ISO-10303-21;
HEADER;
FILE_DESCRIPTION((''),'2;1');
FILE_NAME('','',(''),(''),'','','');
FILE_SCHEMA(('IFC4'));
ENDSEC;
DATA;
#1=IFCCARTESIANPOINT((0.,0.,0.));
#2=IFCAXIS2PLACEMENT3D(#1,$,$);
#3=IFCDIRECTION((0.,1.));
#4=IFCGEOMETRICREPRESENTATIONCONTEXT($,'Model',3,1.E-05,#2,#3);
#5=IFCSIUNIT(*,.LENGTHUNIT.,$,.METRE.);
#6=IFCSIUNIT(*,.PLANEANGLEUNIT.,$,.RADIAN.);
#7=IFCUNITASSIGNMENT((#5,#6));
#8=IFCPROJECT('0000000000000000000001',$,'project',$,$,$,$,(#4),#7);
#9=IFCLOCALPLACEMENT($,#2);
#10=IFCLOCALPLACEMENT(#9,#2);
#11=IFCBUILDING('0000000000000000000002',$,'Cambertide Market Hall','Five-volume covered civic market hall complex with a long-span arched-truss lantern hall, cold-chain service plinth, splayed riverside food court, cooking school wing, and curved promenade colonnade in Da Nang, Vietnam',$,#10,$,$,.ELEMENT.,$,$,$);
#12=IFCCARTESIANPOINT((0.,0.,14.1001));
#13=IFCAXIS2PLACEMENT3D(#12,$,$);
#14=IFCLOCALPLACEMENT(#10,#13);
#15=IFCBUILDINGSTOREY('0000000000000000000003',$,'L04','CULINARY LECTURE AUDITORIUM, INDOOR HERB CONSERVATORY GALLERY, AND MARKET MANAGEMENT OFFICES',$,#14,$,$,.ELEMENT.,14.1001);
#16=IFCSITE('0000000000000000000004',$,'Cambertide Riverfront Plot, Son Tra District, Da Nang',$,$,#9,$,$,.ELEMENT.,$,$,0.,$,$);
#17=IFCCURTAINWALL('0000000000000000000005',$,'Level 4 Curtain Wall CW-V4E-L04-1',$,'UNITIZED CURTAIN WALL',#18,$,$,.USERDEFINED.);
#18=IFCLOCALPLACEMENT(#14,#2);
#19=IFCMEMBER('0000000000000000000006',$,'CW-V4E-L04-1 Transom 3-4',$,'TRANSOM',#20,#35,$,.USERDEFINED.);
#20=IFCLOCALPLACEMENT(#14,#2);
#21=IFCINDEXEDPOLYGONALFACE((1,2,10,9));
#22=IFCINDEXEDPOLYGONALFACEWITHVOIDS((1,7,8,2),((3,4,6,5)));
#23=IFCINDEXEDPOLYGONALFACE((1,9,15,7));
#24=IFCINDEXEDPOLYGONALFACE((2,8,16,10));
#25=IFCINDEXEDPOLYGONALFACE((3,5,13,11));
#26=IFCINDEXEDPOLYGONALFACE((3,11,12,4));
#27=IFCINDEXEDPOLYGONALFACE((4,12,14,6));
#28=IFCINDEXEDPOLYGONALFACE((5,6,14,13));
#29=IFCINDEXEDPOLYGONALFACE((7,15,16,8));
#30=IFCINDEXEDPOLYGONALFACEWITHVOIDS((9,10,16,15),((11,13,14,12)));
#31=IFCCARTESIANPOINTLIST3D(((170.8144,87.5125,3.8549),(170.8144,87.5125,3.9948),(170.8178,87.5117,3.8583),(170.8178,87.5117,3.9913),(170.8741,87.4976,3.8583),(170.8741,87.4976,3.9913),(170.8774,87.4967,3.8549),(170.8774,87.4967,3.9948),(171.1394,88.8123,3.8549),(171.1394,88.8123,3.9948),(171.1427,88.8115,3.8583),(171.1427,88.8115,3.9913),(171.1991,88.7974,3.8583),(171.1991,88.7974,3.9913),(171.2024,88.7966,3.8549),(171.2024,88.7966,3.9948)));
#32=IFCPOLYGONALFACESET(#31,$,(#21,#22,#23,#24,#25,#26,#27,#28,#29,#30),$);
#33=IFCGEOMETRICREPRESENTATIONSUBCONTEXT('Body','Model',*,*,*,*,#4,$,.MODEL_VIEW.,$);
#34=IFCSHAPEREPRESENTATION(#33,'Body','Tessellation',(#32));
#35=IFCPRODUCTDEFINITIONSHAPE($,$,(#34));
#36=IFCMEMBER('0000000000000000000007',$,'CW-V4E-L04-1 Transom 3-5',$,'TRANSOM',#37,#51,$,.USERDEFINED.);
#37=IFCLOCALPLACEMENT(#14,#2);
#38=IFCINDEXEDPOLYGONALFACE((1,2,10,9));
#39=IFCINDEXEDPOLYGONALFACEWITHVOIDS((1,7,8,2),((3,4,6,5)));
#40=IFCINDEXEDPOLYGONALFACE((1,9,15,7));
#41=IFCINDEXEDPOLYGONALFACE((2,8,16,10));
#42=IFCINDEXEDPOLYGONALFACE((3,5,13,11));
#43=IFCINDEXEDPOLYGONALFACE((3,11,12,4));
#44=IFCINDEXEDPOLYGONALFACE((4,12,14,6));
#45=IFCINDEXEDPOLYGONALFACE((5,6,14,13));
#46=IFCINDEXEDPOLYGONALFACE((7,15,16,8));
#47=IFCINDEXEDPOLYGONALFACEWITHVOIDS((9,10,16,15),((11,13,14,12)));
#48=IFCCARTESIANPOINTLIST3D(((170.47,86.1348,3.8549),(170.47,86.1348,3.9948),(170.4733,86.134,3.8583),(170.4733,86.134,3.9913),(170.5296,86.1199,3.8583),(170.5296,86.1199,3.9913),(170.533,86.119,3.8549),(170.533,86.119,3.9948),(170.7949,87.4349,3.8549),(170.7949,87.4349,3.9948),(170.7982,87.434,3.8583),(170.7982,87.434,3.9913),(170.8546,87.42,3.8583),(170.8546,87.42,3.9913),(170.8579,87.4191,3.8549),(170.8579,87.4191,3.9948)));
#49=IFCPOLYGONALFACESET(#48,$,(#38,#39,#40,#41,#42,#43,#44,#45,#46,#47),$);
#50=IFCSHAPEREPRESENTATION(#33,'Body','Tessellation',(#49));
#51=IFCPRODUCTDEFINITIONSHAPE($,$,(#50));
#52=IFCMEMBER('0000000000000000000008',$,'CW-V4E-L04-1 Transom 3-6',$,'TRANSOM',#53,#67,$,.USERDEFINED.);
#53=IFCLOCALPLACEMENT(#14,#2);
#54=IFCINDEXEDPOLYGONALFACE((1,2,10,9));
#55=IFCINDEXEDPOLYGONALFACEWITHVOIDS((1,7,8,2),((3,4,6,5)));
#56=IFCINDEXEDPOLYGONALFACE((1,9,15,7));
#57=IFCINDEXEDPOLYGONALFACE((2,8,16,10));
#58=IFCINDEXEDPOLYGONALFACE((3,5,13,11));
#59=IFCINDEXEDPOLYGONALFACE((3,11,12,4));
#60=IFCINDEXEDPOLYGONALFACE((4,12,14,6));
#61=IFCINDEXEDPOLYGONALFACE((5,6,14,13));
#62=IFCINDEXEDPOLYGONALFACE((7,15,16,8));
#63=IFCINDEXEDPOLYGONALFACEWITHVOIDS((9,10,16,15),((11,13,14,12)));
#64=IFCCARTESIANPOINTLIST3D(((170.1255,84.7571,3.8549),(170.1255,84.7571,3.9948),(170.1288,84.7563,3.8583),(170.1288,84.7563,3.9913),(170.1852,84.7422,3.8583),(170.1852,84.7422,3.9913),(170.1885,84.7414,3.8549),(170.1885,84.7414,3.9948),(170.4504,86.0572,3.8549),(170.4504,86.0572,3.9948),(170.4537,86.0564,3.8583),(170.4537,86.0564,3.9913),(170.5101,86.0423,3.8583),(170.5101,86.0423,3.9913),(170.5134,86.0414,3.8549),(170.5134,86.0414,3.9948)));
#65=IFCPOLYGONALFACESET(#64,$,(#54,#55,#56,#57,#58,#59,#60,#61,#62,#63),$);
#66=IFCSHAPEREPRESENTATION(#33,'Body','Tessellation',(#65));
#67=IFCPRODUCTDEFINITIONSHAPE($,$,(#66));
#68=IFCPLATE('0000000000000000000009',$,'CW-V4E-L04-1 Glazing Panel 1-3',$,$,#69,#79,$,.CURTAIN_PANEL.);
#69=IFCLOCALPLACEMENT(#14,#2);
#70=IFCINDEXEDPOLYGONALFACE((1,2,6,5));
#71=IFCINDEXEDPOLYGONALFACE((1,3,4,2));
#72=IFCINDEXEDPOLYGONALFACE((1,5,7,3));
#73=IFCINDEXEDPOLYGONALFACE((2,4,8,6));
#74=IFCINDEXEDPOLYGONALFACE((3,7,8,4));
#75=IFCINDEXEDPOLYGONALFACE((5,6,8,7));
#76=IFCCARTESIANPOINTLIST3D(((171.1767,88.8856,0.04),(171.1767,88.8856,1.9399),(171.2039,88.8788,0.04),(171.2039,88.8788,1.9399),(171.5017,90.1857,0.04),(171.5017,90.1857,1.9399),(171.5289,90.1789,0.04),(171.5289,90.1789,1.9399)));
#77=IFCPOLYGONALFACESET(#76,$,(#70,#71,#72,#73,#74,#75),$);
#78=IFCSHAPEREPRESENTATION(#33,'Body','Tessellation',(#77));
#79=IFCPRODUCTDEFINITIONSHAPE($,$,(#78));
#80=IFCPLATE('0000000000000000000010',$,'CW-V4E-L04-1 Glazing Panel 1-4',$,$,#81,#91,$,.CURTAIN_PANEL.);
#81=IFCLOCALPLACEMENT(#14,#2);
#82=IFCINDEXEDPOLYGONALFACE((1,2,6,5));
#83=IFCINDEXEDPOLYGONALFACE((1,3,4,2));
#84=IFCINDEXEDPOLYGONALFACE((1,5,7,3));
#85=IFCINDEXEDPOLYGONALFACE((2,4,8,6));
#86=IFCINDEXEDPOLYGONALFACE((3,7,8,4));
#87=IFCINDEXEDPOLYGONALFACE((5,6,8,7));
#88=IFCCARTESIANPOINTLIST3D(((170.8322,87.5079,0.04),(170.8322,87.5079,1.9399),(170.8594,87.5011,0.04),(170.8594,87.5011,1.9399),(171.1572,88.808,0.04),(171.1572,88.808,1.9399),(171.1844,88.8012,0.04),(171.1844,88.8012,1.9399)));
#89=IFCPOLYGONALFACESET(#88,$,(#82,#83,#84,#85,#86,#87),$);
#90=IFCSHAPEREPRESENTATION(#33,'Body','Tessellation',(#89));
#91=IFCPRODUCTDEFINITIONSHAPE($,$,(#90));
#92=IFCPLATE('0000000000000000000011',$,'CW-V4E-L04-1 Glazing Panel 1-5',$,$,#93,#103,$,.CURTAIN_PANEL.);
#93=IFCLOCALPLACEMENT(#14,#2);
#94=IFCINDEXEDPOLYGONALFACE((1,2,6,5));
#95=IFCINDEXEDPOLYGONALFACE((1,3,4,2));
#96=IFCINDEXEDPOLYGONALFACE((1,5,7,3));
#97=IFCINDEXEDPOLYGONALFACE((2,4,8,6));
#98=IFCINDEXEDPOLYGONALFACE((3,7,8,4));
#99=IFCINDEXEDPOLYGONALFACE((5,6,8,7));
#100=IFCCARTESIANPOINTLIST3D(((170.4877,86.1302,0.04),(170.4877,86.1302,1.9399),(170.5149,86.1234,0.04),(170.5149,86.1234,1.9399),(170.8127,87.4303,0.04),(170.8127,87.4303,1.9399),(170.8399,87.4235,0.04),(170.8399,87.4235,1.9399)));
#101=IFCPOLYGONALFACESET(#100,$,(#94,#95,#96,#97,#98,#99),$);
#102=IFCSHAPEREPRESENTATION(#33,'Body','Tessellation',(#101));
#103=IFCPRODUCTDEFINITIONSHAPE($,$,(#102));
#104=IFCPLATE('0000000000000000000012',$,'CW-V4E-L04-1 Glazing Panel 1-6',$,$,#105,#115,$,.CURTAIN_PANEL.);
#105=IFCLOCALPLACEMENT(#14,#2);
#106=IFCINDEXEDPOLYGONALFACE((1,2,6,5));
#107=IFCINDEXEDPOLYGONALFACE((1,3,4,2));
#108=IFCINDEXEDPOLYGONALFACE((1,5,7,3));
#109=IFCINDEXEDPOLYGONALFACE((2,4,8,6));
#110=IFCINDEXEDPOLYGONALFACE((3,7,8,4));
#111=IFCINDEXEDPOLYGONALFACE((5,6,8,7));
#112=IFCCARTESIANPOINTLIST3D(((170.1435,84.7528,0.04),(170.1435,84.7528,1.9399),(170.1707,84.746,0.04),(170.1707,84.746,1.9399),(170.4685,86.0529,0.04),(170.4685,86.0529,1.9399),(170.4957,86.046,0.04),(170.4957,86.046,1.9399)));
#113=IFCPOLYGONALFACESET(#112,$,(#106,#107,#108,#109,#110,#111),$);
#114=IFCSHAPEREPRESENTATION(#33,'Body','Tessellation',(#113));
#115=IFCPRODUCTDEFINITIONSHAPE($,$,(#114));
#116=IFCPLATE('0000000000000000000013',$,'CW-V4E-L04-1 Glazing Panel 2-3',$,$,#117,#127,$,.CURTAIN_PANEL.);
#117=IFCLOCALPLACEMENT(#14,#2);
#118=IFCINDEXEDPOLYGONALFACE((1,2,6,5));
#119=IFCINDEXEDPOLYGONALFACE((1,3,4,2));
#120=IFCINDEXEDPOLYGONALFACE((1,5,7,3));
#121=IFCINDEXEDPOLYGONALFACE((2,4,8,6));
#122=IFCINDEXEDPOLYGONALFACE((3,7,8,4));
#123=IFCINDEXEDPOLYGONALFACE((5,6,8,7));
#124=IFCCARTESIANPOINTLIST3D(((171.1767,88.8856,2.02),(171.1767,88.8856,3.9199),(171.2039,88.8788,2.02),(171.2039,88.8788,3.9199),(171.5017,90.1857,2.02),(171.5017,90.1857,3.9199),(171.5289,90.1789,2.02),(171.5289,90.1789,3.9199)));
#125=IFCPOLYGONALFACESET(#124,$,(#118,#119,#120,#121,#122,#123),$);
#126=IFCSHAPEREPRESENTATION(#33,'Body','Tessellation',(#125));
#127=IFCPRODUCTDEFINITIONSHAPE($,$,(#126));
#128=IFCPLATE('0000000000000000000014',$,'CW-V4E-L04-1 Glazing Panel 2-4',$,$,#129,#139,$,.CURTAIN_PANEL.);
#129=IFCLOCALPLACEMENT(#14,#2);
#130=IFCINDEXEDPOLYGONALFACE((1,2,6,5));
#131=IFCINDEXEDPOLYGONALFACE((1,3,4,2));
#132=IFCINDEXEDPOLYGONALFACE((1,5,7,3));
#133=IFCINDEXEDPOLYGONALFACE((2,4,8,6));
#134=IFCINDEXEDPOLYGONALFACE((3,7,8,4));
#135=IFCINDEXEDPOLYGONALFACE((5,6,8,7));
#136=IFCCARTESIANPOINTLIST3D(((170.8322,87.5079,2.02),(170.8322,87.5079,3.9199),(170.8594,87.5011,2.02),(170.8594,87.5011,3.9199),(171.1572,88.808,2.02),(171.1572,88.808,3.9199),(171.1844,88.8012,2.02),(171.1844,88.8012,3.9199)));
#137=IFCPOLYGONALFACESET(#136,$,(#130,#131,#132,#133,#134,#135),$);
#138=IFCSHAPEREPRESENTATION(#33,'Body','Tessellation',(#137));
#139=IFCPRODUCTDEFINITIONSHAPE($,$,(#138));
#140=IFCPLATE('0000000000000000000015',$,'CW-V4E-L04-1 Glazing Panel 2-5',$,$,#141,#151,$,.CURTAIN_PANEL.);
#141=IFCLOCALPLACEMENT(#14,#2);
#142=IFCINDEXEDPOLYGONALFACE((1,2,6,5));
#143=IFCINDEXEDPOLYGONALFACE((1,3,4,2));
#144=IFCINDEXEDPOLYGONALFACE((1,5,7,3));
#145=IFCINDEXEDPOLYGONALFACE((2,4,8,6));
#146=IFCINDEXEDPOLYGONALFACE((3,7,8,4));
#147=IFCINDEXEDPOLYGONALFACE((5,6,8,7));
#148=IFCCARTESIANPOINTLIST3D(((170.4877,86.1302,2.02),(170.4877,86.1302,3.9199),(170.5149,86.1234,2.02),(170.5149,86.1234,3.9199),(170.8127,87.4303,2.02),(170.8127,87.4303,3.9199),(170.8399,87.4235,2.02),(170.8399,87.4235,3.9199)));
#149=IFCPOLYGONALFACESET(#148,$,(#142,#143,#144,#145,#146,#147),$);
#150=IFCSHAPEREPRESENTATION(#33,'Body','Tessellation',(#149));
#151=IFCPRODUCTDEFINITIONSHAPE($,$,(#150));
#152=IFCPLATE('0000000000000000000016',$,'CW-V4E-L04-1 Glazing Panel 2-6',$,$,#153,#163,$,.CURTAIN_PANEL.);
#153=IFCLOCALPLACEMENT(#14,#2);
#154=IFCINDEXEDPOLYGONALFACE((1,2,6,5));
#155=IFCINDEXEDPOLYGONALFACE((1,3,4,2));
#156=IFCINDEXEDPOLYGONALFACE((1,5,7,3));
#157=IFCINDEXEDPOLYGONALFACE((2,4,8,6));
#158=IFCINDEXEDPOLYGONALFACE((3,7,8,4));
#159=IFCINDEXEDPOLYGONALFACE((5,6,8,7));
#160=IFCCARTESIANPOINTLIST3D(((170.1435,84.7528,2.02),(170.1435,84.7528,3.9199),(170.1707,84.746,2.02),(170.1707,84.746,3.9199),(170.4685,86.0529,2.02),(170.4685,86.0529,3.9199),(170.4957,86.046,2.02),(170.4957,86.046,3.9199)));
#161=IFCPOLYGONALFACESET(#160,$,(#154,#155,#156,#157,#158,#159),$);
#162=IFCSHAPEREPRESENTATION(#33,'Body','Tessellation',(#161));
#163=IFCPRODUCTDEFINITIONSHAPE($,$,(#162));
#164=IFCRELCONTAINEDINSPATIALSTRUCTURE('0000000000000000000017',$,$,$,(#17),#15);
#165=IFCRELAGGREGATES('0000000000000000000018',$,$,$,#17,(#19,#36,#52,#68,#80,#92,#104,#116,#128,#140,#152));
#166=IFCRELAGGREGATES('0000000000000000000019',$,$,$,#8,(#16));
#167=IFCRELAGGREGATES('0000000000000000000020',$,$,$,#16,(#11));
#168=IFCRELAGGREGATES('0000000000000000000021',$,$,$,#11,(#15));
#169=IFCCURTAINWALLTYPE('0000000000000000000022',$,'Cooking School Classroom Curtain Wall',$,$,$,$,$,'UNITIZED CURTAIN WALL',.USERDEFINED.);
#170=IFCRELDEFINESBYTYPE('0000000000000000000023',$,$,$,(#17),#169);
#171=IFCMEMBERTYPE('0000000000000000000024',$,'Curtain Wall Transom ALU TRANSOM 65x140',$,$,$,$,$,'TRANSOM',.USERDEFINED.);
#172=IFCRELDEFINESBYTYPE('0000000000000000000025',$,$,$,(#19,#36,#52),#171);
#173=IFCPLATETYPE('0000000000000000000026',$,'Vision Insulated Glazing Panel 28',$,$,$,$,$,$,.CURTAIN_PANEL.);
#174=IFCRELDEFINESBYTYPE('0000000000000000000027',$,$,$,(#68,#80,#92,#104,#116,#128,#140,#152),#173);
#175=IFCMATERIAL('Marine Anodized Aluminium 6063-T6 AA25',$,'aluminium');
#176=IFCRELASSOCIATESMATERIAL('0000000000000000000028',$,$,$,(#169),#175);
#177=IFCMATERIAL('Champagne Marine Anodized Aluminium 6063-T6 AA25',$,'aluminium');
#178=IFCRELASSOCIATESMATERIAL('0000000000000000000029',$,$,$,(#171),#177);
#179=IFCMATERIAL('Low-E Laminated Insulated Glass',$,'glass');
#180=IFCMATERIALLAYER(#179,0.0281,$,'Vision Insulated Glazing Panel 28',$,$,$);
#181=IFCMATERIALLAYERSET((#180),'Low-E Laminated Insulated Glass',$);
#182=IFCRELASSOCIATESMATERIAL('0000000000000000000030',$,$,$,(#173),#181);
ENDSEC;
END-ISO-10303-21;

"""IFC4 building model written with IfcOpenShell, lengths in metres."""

from ifc_helpers import new_model, si_unit, direction, frame, origin, origin_2d, place, context, subcontext, project, spatial, rectangle, hollow_rectangle, extrude, material, layer, layer_set, material_profile, profile_set, type_object, element, aggregate, save


model = new_model("IFC4")

# Units and contexts
model_context = context("Model", 3, precision=1e-05, world=origin(), true_north=direction((0.0, 1.0)))
body_context = subcontext(model_context, "Body", "Model", "MODEL_VIEW")
ifc_project = project(units=[si_unit("LENGTHUNIT", "METRE"), si_unit("PLANEANGLEUNIT", "RADIAN")], contexts=[model_context])

# Site, building, storey
site_placement = place(None, origin())
site = spatial("IfcSite", under=ifc_project, at=site_placement, Name="Cambertide Riverfront Plot, Son Tra District, Da Nang", CompositionType="ELEMENT", RefElevation=0.0)
building_placement = place(site_placement, origin())
building = spatial("IfcBuilding", under=site, at=building_placement, Name="Cambertide Market Hall", Description="Five-volume covered civic market hall complex with a long-span arched-truss lantern hall, cold-chain service plinth, splayed riverside food court, cooking school wing, and curved promenade colonnade in Da Nang, Vietnam", CompositionType="ELEMENT")
storey_placement = place(building_placement, frame((0.0, 0.0, 14.1001)))
storey = spatial("IfcBuildingStorey", under=building, at=storey_placement, Name="L04", Description="CULINARY LECTURE AUDITORIUM, INDOOR HERB CONSERVATORY GALLERY, AND MARKET MANAGEMENT OFFICES", CompositionType="ELEMENT", Elevation=14.1001)

# Curtain wall, members, plates
ifc_material_1 = material(Name="Marine Anodized Aluminium 6063-T6 AA25", Category="aluminium")
curtain_wall_type = type_object("IfcCurtainWallType", Name="Cooking School Classroom Curtain Wall", ElementType="UNITIZED CURTAIN WALL", PredefinedType="USERDEFINED", material=ifc_material_1)
curtain_wall_placement = place(storey_placement, origin())
curtain_wall = element("IfcCurtainWall", 1, at=curtain_wall_placement, inside=storey, type_object=curtain_wall_type, Name="Level 4 Curtain Wall CW-V4E-L04-1", ObjectType="UNITIZED CURTAIN WALL", PredefinedType="USERDEFINED")
ifc_material_2 = material(Name="Champagne Marine Anodized Aluminium 6063-T6 AA25", Category="aluminium")
ifc_material_profile_1 = material_profile(ifc_material_2, hollow_rectangle(XDim=0.0649, YDim=0.1399, WallThickness=0.0034, at=origin_2d()), Name="ALU TRANSOM 65x140")
ifc_profile_set_1 = profile_set([ifc_material_profile_1], Name="Champagne Marine Anodized Aluminium 6063-T6 AA25")
member_type_1 = type_object("IfcMemberType", Name="Curtain Wall Transom ALU TRANSOM 65x140", ElementType="TRANSOM", PredefinedType="USERDEFINED", material=ifc_profile_set_1)
member_1_placement = place(storey_placement, frame((171.1709, 88.8044, 3.9248), z_axis=(-0.242536, -0.970143, 0.0), x_axis=(0.970143, -0.242536, 0.0)))
member_1 = element("IfcMember", 2, at=member_1_placement, type_object=member_type_1, Name="CW-V4E-L04-1 Transom 3-4", ObjectType="TRANSOM", PredefinedType="USERDEFINED", context=body_context, shape_type="SweptSolid", body=[
    extrude(hollow_rectangle(XDim=0.0649, YDim=0.1399, WallThickness=0.0034, at=origin_2d()), origin(), (0.0, 0.0, 1.0), 1.3398),
])
member_2_placement = place(storey_placement, frame((170.8264, 87.427, 3.9248), z_axis=(-0.242493, -0.970153, 0.0), x_axis=(0.970153, -0.242493, 0.0)))
member_2 = element("IfcMember", 3, at=member_2_placement, type_object=member_type_1, Name="CW-V4E-L04-1 Transom 3-5", ObjectType="TRANSOM", PredefinedType="USERDEFINED", context=body_context, shape_type="SweptSolid", body=[
    extrude(hollow_rectangle(XDim=0.0649, YDim=0.1399, WallThickness=0.0034, at=origin_2d()), origin(), (0.0, 0.0, 1.0), 1.3401),
])
member_3_placement = place(storey_placement, frame((170.4819, 86.0493, 3.9248), z_axis=(-0.242493, -0.970153, 0.0), x_axis=(0.970153, -0.242493, 0.0)))
member_3 = element("IfcMember", 4, at=member_3_placement, type_object=member_type_1, Name="CW-V4E-L04-1 Transom 3-6", ObjectType="TRANSOM", PredefinedType="USERDEFINED", context=body_context, shape_type="SweptSolid", body=[
    extrude(hollow_rectangle(XDim=0.0649, YDim=0.1399, WallThickness=0.0034, at=origin_2d()), origin(), (0.0, 0.0, 1.0), 1.3401),
])
ifc_material_3 = material(Name="Low-E Laminated Insulated Glass", Category="glass")
ifc_layer = layer(ifc_material_3, 0.0281, Name="Vision Insulated Glazing Panel 28")
ifc_layer_set = layer_set([ifc_layer], Name="Low-E Laminated Insulated Glass")
plate_type = type_object("IfcPlateType", Name="Vision Insulated Glazing Panel 28", PredefinedType="CURTAIN_PANEL", material=ifc_layer_set)
plate_1_placement = place(storey_placement, frame((171.3528, 89.5322, 0.04), z_axis=(0.0, 0.0, 1.0), x_axis=(-0.242536, -0.970143, 0.0)))
plate_1 = element("IfcPlate", 5, at=plate_1_placement, type_object=plate_type, Name="CW-V4E-L04-1 Glazing Panel 1-3", PredefinedType="CURTAIN_PANEL", context=body_context, shape_type="SweptSolid", body=[
    extrude(rectangle(XDim=1.3401, YDim=0.0281, at=origin_2d()), origin(), (0.0, 0.0, 1.0), 1.8999),
])
plate_2_placement = place(storey_placement, frame((171.0083, 88.1545, 0.04), z_axis=(0.0, 0.0, 1.0), x_axis=(-0.242536, -0.970143, 0.0)))
plate_2 = element("IfcPlate", 6, at=plate_2_placement, type_object=plate_type, Name="CW-V4E-L04-1 Glazing Panel 1-4", PredefinedType="CURTAIN_PANEL", context=body_context, shape_type="SweptSolid", body=[
    extrude(rectangle(XDim=1.3401, YDim=0.0281, at=origin_2d()), origin(), (0.0, 0.0, 1.0), 1.8999),
])
plate_3_placement = place(storey_placement, frame((170.6638, 86.7769, 0.04), z_axis=(0.0, 0.0, 1.0), x_axis=(-0.242536, -0.970143, 0.0)))
plate_3 = element("IfcPlate", 7, at=plate_3_placement, type_object=plate_type, Name="CW-V4E-L04-1 Glazing Panel 1-5", PredefinedType="CURTAIN_PANEL", context=body_context, shape_type="SweptSolid", body=[
    extrude(rectangle(XDim=1.3401, YDim=0.0281, at=origin_2d()), origin(), (0.0, 0.0, 1.0), 1.8999),
])
plate_4_placement = place(storey_placement, frame((170.3196, 85.3994, 0.04), z_axis=(0.0, 0.0, 1.0), x_axis=(-0.242536, -0.970143, 0.0)))
plate_4 = element("IfcPlate", 8, at=plate_4_placement, type_object=plate_type, Name="CW-V4E-L04-1 Glazing Panel 1-6", PredefinedType="CURTAIN_PANEL", context=body_context, shape_type="SweptSolid", body=[
    extrude(rectangle(XDim=1.3401, YDim=0.0281, at=origin_2d()), origin(), (0.0, 0.0, 1.0), 1.8999),
])
plate_5_placement = place(storey_placement, frame((171.3528, 89.5322, 2.02), z_axis=(0.0, 0.0, 1.0), x_axis=(-0.242536, -0.970143, 0.0)))
plate_5 = element("IfcPlate", 9, at=plate_5_placement, type_object=plate_type, Name="CW-V4E-L04-1 Glazing Panel 2-3", PredefinedType="CURTAIN_PANEL", context=body_context, shape_type="SweptSolid", body=[
    extrude(rectangle(XDim=1.3401, YDim=0.0281, at=origin_2d()), origin(), (0.0, 0.0, 1.0), 1.8999),
])
plate_6_placement = place(storey_placement, frame((171.0083, 88.1545, 2.02), z_axis=(0.0, 0.0, 1.0), x_axis=(-0.242536, -0.970143, 0.0)))
plate_6 = element("IfcPlate", 10, at=plate_6_placement, type_object=plate_type, Name="CW-V4E-L04-1 Glazing Panel 2-4", PredefinedType="CURTAIN_PANEL", context=body_context, shape_type="SweptSolid", body=[
    extrude(rectangle(XDim=1.3401, YDim=0.0281, at=origin_2d()), origin(), (0.0, 0.0, 1.0), 1.8999),
])
plate_7_placement = place(storey_placement, frame((170.6638, 86.7769, 2.02), z_axis=(0.0, 0.0, 1.0), x_axis=(-0.242536, -0.970143, 0.0)))
plate_7 = element("IfcPlate", 11, at=plate_7_placement, type_object=plate_type, Name="CW-V4E-L04-1 Glazing Panel 2-5", PredefinedType="CURTAIN_PANEL", context=body_context, shape_type="SweptSolid", body=[
    extrude(rectangle(XDim=1.3401, YDim=0.0281, at=origin_2d()), origin(), (0.0, 0.0, 1.0), 1.8999),
])
plate_8_placement = place(storey_placement, frame((170.3196, 85.3994, 2.02), z_axis=(0.0, 0.0, 1.0), x_axis=(-0.242536, -0.970143, 0.0)))
plate_8 = element("IfcPlate", 12, at=plate_8_placement, type_object=plate_type, Name="CW-V4E-L04-1 Glazing Panel 2-6", PredefinedType="CURTAIN_PANEL", context=body_context, shape_type="SweptSolid", body=[
    extrude(rectangle(XDim=1.3401, YDim=0.0281, at=origin_2d()), origin(), (0.0, 0.0, 1.0), 1.8999),
])
aggregate(curtain_wall, [member_1, member_2, member_3, plate_1, plate_2, plate_3, plate_4, plate_5, plate_6, plate_7, plate_8])

save(model, "model.ifc")
